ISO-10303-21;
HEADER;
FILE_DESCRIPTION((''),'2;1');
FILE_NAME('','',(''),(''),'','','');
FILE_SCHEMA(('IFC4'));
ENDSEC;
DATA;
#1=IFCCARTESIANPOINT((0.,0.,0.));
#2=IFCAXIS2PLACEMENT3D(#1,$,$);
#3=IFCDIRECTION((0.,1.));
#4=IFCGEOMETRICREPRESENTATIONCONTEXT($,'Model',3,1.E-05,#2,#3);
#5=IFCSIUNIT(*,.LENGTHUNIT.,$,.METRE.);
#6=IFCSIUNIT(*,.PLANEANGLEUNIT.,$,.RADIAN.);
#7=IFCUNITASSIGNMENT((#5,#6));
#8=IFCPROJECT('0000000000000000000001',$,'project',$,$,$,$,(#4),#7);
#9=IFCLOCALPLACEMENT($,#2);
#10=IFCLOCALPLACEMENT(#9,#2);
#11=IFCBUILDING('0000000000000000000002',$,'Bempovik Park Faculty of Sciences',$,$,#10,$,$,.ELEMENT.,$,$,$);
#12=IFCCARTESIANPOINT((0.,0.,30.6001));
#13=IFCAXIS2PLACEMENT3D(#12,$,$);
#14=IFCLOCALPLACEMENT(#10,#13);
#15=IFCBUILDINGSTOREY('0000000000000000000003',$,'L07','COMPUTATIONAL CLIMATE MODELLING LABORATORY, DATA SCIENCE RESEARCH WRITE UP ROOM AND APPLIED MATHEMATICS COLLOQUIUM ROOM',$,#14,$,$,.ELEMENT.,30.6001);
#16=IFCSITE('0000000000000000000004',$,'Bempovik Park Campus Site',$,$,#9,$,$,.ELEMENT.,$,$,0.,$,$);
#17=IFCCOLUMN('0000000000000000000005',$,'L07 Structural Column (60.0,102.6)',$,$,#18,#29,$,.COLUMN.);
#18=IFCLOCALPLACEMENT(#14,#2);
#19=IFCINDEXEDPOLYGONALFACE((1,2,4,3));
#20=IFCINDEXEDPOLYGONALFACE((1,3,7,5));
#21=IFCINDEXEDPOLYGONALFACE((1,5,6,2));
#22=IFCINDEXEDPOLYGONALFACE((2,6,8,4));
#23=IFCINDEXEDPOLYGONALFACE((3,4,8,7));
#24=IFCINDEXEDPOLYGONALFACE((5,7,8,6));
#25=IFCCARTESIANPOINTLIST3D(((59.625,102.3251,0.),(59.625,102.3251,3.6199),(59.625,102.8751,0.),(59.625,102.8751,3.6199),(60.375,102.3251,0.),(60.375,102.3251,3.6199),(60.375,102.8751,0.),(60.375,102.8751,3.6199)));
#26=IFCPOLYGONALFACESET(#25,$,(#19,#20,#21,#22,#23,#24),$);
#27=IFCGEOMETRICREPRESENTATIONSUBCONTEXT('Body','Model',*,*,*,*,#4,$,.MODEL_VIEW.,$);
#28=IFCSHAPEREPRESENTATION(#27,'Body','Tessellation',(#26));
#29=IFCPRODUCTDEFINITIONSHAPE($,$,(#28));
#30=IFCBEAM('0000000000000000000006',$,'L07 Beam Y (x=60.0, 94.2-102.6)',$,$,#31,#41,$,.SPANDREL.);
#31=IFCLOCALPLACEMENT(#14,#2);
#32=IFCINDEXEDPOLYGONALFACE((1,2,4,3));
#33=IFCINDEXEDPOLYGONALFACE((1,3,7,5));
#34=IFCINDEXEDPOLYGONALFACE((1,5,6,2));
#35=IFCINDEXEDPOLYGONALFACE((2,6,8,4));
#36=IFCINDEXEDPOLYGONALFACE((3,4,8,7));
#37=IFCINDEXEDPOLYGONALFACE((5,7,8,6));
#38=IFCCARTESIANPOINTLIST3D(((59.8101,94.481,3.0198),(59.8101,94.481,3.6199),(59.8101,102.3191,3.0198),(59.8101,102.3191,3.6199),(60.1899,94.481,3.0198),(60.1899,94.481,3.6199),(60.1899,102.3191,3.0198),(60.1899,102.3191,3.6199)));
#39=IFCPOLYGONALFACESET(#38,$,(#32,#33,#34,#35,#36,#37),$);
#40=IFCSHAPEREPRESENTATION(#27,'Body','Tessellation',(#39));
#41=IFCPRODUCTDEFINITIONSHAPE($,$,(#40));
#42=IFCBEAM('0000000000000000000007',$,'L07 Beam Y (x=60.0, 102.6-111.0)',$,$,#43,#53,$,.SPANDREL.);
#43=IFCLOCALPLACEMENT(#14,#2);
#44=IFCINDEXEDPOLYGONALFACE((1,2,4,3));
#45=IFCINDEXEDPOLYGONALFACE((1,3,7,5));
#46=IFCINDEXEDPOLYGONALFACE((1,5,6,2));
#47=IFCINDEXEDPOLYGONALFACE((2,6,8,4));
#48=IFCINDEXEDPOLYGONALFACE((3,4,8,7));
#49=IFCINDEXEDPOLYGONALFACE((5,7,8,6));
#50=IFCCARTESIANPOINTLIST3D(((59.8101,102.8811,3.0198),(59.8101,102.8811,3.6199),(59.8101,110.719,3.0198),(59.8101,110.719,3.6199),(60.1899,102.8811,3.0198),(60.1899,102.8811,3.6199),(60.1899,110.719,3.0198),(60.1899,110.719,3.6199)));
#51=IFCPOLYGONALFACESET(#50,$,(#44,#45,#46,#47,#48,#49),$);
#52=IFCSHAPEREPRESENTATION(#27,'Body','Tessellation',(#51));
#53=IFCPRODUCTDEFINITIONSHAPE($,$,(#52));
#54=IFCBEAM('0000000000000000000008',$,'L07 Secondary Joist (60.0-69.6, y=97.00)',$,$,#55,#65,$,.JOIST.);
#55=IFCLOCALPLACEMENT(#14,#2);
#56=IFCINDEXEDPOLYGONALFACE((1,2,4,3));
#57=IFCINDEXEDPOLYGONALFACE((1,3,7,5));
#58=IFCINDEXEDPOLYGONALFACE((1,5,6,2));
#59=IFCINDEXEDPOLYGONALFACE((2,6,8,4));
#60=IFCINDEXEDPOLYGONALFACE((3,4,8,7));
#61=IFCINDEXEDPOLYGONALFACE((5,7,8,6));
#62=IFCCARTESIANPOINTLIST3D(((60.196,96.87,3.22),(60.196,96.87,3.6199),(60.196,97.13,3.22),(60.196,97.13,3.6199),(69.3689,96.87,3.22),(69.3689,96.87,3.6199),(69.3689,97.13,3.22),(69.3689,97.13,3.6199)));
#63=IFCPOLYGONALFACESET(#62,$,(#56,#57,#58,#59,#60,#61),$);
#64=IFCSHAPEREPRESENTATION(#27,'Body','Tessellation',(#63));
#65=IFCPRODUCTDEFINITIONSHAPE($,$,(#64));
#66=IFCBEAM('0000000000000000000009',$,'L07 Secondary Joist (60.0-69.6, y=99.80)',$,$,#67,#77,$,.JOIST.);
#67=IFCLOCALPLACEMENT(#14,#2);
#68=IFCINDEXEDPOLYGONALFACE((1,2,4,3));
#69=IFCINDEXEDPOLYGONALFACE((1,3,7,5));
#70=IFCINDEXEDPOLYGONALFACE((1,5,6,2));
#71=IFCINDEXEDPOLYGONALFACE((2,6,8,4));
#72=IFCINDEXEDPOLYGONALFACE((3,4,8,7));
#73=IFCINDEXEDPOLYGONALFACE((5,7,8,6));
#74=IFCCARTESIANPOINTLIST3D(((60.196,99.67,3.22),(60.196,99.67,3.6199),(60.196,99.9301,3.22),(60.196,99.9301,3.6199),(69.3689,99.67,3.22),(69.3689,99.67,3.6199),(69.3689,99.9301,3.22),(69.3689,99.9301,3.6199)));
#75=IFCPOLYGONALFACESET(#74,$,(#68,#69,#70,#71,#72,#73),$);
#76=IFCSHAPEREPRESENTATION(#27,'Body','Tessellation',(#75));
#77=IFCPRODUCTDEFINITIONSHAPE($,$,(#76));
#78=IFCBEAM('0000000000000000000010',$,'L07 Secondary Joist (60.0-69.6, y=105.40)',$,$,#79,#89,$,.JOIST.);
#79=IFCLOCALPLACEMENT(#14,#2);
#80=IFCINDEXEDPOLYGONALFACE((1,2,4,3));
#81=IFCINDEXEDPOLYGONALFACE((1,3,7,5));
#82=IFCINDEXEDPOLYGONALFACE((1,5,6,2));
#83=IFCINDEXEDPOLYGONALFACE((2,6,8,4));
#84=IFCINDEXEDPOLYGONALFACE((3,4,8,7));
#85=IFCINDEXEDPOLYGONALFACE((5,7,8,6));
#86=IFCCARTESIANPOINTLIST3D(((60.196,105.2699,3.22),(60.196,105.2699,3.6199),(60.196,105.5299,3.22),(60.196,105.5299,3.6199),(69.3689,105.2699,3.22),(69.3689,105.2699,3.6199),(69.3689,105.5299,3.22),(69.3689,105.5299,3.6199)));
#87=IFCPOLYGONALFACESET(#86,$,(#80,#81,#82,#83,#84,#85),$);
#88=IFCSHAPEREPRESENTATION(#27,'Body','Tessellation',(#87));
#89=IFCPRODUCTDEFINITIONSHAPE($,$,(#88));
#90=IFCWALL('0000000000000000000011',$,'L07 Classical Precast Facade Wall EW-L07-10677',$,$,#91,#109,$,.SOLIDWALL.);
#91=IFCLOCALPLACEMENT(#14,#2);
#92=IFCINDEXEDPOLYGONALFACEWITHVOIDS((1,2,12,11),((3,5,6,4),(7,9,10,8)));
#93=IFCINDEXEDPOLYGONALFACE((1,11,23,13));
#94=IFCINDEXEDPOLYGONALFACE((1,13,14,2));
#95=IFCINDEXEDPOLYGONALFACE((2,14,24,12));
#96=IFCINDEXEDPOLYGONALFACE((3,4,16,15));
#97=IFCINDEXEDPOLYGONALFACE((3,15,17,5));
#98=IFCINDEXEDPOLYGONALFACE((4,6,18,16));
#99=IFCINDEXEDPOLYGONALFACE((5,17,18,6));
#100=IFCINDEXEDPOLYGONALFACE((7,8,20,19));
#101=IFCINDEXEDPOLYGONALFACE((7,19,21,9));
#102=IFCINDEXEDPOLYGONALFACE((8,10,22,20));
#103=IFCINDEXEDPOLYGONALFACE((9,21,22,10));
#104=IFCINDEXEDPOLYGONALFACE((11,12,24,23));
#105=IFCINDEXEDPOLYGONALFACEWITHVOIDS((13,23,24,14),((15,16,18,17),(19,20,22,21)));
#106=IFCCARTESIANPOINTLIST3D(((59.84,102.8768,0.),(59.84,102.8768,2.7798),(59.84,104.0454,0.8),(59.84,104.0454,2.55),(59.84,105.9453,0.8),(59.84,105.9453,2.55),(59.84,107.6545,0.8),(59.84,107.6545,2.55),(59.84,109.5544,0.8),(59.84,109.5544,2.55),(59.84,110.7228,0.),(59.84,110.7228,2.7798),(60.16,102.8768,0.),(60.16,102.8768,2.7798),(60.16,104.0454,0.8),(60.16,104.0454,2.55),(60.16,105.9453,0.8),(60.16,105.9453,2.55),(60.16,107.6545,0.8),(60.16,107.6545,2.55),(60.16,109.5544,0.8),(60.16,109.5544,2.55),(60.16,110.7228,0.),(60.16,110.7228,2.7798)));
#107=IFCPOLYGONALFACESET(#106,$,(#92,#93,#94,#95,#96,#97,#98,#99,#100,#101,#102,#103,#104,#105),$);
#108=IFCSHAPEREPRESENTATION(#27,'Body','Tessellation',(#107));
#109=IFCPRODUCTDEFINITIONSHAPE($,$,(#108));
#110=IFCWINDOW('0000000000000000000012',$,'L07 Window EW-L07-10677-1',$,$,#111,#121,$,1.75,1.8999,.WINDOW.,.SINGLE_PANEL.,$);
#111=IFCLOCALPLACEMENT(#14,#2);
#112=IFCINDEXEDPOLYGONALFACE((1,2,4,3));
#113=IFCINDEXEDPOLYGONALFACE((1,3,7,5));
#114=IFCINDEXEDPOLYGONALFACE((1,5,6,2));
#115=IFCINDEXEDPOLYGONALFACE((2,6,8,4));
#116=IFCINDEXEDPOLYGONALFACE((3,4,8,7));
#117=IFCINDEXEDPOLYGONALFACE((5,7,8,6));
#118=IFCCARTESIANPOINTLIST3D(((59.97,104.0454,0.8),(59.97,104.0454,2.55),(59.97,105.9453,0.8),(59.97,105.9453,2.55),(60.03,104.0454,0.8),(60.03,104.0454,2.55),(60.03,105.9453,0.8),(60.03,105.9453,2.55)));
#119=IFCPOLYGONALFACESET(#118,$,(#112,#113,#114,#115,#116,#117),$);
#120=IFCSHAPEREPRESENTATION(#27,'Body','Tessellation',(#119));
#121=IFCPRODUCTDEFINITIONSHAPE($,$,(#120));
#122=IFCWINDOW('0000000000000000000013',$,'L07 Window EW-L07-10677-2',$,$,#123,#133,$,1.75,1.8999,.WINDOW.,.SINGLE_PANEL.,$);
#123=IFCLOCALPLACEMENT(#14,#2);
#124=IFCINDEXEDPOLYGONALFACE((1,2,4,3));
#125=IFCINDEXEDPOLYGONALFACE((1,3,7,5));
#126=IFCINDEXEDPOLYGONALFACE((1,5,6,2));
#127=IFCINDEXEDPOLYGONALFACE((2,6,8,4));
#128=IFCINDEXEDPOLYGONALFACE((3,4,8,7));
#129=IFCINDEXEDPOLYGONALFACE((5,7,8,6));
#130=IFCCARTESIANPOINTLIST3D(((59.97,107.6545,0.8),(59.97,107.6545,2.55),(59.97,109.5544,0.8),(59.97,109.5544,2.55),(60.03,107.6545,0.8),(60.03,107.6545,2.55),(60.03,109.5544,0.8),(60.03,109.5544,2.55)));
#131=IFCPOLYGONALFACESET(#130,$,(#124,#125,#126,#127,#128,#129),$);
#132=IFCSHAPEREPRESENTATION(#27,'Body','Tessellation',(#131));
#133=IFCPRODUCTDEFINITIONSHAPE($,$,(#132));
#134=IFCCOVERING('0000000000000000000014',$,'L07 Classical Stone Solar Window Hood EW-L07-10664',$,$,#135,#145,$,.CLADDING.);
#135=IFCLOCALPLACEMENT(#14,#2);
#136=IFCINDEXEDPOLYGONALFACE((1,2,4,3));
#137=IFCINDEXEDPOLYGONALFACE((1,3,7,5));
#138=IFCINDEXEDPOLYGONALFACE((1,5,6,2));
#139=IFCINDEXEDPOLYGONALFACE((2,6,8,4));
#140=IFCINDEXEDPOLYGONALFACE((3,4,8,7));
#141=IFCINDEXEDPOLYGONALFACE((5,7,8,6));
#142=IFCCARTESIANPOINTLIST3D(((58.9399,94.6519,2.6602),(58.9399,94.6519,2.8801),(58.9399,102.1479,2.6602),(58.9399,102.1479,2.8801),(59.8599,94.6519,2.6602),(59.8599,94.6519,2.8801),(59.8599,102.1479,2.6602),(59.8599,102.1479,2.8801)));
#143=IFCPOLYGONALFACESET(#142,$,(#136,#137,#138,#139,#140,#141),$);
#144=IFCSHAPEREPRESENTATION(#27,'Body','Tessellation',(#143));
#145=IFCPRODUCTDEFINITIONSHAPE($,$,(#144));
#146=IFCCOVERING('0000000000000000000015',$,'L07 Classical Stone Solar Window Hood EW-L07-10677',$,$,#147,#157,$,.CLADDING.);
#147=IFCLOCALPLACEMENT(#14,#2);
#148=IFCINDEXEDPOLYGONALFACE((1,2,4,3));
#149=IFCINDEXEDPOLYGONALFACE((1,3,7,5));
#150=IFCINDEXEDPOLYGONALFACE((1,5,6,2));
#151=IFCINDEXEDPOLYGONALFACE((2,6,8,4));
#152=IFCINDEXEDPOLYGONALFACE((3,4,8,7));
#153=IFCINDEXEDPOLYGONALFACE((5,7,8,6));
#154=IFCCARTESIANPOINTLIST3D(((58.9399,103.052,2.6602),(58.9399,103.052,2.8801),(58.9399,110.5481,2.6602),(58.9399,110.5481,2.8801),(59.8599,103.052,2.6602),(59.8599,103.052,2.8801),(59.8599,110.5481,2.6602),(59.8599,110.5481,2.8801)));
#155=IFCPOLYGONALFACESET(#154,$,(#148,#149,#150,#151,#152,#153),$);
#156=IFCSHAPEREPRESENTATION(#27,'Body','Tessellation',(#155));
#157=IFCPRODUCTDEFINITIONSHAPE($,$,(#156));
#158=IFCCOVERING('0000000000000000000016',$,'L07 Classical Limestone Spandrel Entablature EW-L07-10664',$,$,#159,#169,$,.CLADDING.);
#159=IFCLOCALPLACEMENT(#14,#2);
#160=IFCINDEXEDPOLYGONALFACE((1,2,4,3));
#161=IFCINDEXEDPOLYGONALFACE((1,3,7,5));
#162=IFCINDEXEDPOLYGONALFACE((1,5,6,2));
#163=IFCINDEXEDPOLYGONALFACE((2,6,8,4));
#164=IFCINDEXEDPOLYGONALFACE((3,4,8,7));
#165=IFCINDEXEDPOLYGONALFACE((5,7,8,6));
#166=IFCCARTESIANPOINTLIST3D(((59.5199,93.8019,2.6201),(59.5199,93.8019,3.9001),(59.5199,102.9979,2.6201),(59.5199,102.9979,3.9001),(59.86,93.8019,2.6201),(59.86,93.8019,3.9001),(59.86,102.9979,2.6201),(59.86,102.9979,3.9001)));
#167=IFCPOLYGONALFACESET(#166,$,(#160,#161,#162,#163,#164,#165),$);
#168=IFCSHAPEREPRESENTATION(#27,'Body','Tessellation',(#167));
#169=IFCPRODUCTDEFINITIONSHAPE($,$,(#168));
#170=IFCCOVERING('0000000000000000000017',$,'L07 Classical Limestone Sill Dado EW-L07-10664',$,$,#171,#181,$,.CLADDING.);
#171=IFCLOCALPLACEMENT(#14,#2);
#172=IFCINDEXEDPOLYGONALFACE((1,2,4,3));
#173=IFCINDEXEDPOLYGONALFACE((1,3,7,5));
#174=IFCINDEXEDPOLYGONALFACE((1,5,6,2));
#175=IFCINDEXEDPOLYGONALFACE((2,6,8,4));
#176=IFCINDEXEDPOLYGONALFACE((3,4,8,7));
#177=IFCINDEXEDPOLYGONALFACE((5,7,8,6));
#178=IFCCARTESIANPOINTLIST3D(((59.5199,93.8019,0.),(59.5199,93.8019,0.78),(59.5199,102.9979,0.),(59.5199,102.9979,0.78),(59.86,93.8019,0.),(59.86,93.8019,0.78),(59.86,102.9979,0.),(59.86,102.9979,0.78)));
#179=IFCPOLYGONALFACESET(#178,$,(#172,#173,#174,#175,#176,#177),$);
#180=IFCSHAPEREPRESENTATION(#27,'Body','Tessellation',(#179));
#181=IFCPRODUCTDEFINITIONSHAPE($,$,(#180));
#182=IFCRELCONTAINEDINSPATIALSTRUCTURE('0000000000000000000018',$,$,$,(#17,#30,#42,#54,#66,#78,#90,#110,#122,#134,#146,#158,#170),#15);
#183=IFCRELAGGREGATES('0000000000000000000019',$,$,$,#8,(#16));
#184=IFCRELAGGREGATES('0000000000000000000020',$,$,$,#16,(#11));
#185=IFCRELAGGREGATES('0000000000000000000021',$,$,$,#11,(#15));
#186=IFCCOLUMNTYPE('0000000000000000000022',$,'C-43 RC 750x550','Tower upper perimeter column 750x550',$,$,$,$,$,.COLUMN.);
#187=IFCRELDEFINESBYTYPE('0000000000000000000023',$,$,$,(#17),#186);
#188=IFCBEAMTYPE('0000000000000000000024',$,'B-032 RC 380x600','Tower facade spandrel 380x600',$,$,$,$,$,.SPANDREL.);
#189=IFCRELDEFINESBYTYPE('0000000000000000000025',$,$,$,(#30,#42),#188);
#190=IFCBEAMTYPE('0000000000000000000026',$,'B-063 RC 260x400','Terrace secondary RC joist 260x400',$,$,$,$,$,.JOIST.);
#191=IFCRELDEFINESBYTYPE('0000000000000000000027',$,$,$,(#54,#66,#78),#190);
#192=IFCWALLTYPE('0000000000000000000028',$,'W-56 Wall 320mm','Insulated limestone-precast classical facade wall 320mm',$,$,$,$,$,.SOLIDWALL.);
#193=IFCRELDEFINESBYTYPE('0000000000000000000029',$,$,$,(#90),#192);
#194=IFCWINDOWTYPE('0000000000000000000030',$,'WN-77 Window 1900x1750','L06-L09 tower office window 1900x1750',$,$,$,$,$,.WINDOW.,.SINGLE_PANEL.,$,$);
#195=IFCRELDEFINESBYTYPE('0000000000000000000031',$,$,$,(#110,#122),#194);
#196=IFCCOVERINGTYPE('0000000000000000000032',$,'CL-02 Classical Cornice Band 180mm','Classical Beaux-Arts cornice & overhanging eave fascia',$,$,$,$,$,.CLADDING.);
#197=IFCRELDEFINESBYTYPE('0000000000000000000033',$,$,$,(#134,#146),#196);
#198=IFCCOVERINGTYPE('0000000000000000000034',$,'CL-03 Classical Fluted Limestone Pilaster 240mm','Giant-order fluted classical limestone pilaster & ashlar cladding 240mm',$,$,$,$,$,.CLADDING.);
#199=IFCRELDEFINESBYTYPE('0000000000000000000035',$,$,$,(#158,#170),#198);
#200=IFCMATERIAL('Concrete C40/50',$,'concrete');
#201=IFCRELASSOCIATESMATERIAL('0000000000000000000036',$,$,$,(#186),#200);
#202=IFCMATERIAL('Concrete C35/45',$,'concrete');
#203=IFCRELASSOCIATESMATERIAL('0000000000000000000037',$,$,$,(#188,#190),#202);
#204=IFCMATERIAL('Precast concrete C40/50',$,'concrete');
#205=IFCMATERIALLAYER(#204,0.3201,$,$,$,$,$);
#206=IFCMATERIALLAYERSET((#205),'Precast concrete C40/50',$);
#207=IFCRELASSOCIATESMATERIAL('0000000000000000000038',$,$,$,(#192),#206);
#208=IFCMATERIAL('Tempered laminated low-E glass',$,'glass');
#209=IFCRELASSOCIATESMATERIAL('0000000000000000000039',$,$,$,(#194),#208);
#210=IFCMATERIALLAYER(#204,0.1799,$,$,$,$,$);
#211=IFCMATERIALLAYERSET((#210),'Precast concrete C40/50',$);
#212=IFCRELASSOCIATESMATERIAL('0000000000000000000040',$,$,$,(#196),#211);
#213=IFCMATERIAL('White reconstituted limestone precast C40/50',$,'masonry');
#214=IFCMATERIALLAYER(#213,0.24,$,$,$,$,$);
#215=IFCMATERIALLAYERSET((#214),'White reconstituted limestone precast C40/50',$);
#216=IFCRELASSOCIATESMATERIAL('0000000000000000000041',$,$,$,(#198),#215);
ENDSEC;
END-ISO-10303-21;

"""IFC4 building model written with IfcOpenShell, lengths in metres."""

from ifc_helpers import new_model, si_unit, direction, frame, frame_2d, origin, origin_2d, place, context, subcontext, project, spatial, rectangle, extrude, material, layer, layer_set, material_profile, profile_set, type_object, element, fill, save


model = new_model("IFC4")

# Units and contexts
model_context = context("Model", 3, precision=1e-05, world=origin(), true_north=direction((0.0, 1.0)))
body_context = subcontext(model_context, "Body", "Model", "MODEL_VIEW")
ifc_project = project(units=[si_unit("LENGTHUNIT", "METRE"), si_unit("PLANEANGLEUNIT", "RADIAN")], contexts=[model_context])

# Site, building, storey
site_placement = place(None, origin())
site = spatial("IfcSite", under=ifc_project, at=site_placement, Name="Bempovik Park Campus Site", CompositionType="ELEMENT", RefElevation=0.0)
building_placement = place(site_placement, origin())
building = spatial("IfcBuilding", under=site, at=building_placement, Name="Bempovik Park Faculty of Sciences", CompositionType="ELEMENT")
storey_placement = place(building_placement, frame((0.0, 0.0, 30.6001)))
storey = spatial("IfcBuildingStorey", under=building, at=storey_placement, Name="L07", Description="COMPUTATIONAL CLIMATE MODELLING LABORATORY, DATA SCIENCE RESEARCH WRITE UP ROOM AND APPLIED MATHEMATICS COLLOQUIUM ROOM", CompositionType="ELEMENT", Elevation=30.6001)

# Column
ifc_material_1 = material(Name="Concrete C40/50", Category="concrete")
ifc_material_profile_1 = material_profile(ifc_material_1, rectangle(XDim=0.75, YDim=0.55, at=origin_2d()), Name="RC 750x550")
ifc_profile_set_1 = profile_set([ifc_material_profile_1], Name="Concrete C40/50")
column_type = type_object("IfcColumnType", Name="C-43 RC 750x550", Description="Tower upper perimeter column 750x550", PredefinedType="COLUMN", material=ifc_profile_set_1)
column_placement = place(storey_placement, frame((60.0, 102.6001, 0.0), z_axis=(0.0, 0.0, 1.0), x_axis=(1.0, 0.0, 0.0)))
element("IfcColumn", 1, at=column_placement, inside=storey, type_object=column_type, Name="L07 Structural Column (60.0,102.6)", PredefinedType="COLUMN", context=body_context, shape_type="SweptSolid", body=[
    extrude(rectangle(XDim=0.75, YDim=0.55, at=origin_2d()), origin(), (0.0, 0.0, 1.0), 3.6199),
])

# Beams
ifc_material_2 = material(Name="Concrete C35/45", Category="concrete")
ifc_material_profile_2 = material_profile(ifc_material_2, rectangle(XDim=0.3799, YDim=0.6001, at=origin_2d()), Name="RC 380x600")
ifc_profile_set_2 = profile_set([ifc_material_profile_2], Name="Concrete C35/45")
beam_type_1 = type_object("IfcBeamType", Name="B-032 RC 380x600", Description="Tower facade spandrel 380x600", PredefinedType="SPANDREL", material=ifc_profile_set_2)
beam_1_placement = place(storey_placement, frame((60.0, 94.481, 3.3198), z_axis=(0.0, 1.0, 0.0), x_axis=(-1.0, 0.0, 0.0)))
element("IfcBeam", 2, at=beam_1_placement, inside=storey, type_object=beam_type_1, Name="L07 Beam Y (x=60.0, 94.2-102.6)", PredefinedType="SPANDREL", context=body_context, shape_type="SweptSolid", body=[
    extrude(rectangle(XDim=0.3799, YDim=0.6001, at=origin_2d()), origin(), (0.0, 0.0, 1.0), 7.8381),
])
beam_2_placement = place(storey_placement, frame((60.0, 102.8811, 3.3198), z_axis=(0.0, 1.0, 0.0), x_axis=(-1.0, 0.0, 0.0)))
element("IfcBeam", 3, at=beam_2_placement, inside=storey, type_object=beam_type_1, Name="L07 Beam Y (x=60.0, 102.6-111.0)", PredefinedType="SPANDREL", context=body_context, shape_type="SweptSolid", body=[
    extrude(rectangle(XDim=0.3799, YDim=0.6001, at=origin_2d()), origin(), (0.0, 0.0, 1.0), 7.8379),
])
ifc_material_profile_3 = material_profile(ifc_material_2, rectangle(XDim=0.26, YDim=0.3999, at=origin_2d()), Name="RC 260x400")
ifc_profile_set_3 = profile_set([ifc_material_profile_3], Name="Concrete C35/45")
beam_type_2 = type_object("IfcBeamType", Name="B-063 RC 260x400", Description="Terrace secondary RC joist 260x400", PredefinedType="JOIST", material=ifc_profile_set_3)
for number, where, z_axis, x_axis, name in (
    (4, (60.196, 97.0, 3.4199), (1.0, 0.0, 0.0), (0.0, 1.0, 0.0), "L07 Secondary Joist (60.0-69.6, y=97.00)"),
    (5, (60.196, 99.8, 3.4199), (1.0, 0.0, 0.0), (0.0, 1.0, 0.0), "L07 Secondary Joist (60.0-69.6, y=99.80)"),
    (6, (60.196, 105.3999, 3.4199), (1.0, 0.0, 0.0), (0.0, 1.0, 0.0), "L07 Secondary Joist (60.0-69.6, y=105.40)"),
):
    element("IfcBeam", number, at=place(storey_placement, frame(where, z_axis=z_axis, x_axis=x_axis)), inside=storey, type_object=beam_type_2, Name=name, PredefinedType="JOIST", context=body_context, shape_type="SweptSolid", body=[
        extrude(rectangle(XDim=0.26, YDim=0.3999, at=origin_2d()), origin(), (0.0, 0.0, 1.0), 9.1729),
    ])

# Wall, openings, windows
ifc_material_3 = material(Name="Precast concrete C40/50", Category="concrete")
ifc_layer_1 = layer(ifc_material_3, 0.3201)
ifc_layer_set_1 = layer_set([ifc_layer_1], Name="Precast concrete C40/50")
wall_type = type_object("IfcWallType", Name="W-56 Wall 320mm", Description="Insulated limestone-precast classical facade wall 320mm", PredefinedType="SOLIDWALL", material=ifc_layer_set_1)
wall_placement = place(storey_placement, frame((60.0, 102.877, 0.0), z_axis=(0.0, 0.0, 1.0), x_axis=(0.0, 1.0, 0.0)))
wall = element("IfcWall", 7, at=wall_placement, inside=storey, type_object=wall_type, Name="L07 Classical Precast Facade Wall EW-L07-10677", PredefinedType="SOLIDWALL", context=body_context, shape_type="SweptSolid", body=[
    extrude(rectangle(XDim=7.8459, YDim=0.3201, at=frame_2d((3.9229, 0.0))), origin(), (0.0, 0.0, 1.0), 2.7798),
])
opening_1_placement = place(wall_placement, frame((1.1685, 0.0, 0.8)))
opening_1 = element("IfcOpeningElement", 8, at=opening_1_placement, cuts=wall, PredefinedType="OPENING", context=body_context, shape_type="SweptSolid", body=[
    extrude(rectangle(XDim=1.8999, YDim=1.75, at=frame_2d((0.95, 0.875))), frame((0.0, 0.1699, 0.0), z_axis=(0.0, -1.0, 0.0), x_axis=(1.0, 0.0, 0.0)), (0.0, 0.0, 1.0), 0.3401),
])
opening_2_placement = place(wall_placement, frame((4.7776, 0.0, 0.8)))
opening_2 = element("IfcOpeningElement", 9, at=opening_2_placement, cuts=wall, PredefinedType="OPENING", context=body_context, shape_type="SweptSolid", body=[
    extrude(rectangle(XDim=1.8999, YDim=1.75, at=frame_2d((0.95, 0.875))), frame((0.0, 0.1699, 0.0), z_axis=(0.0, -1.0, 0.0), x_axis=(1.0, 0.0, 0.0)), (0.0, 0.0, 1.0), 0.3401),
])
ifc_material_4 = material(Name="Tempered laminated low-E glass", Category="glass")
window_type = type_object("IfcWindowType", Name="WN-77 Window 1900x1750", Description="L06-L09 tower office window 1900x1750", PartitioningType="SINGLE_PANEL", PredefinedType="WINDOW", material=ifc_material_4)
window_1_placement = place(opening_1_placement, origin())
window_1 = element("IfcWindow", 10, at=window_1_placement, inside=storey, type_object=window_type, Name="L07 Window EW-L07-10677-1", OverallHeight=1.75, OverallWidth=1.8999, PartitioningType="SINGLE_PANEL", PredefinedType="WINDOW", context=body_context, shape_type="SweptSolid", body=[
    extrude(rectangle(XDim=1.8999, YDim=1.75, at=frame_2d((0.95, 0.875))), frame((0.0, 0.03, 0.0), z_axis=(0.0, -1.0, 0.0), x_axis=(1.0, 0.0, 0.0)), (0.0, 0.0, 1.0), 0.0601),
])
fill(opening_1, window_1)
window_2_placement = place(opening_2_placement, origin())
window_2 = element("IfcWindow", 11, at=window_2_placement, inside=storey, type_object=window_type, Name="L07 Window EW-L07-10677-2", OverallHeight=1.75, OverallWidth=1.8999, PartitioningType="SINGLE_PANEL", PredefinedType="WINDOW", context=body_context, shape_type="SweptSolid", body=[
    extrude(rectangle(XDim=1.8999, YDim=1.75, at=frame_2d((0.95, 0.875))), frame((0.0, 0.03, 0.0), z_axis=(0.0, -1.0, 0.0), x_axis=(1.0, 0.0, 0.0)), (0.0, 0.0, 1.0), 0.0601),
])
fill(opening_2, window_2)

# Coverings
ifc_layer_2 = layer(ifc_material_3, 0.1799)
ifc_layer_set_2 = layer_set([ifc_layer_2], Name="Precast concrete C40/50")
covering_type_1 = type_object("IfcCoveringType", Name="CL-02 Classical Cornice Band 180mm", Description="Classical Beaux-Arts cornice & overhanging eave fascia", PredefinedType="CLADDING", material=ifc_layer_set_2)
for number, where, z_axis, x_axis, name in (
    (12, (59.3999, 98.3999, 2.6602), (0.0, 0.0, 1.0), (1.0, 0.0, 0.0), "L07 Classical Stone Solar Window Hood EW-L07-10664"),
    (13, (59.3999, 106.8, 2.6602), (0.0, 0.0, 1.0), (1.0, 0.0, 0.0), "L07 Classical Stone Solar Window Hood EW-L07-10677"),
):
    element("IfcCovering", number, at=place(storey_placement, frame(where, z_axis=z_axis, x_axis=x_axis)), inside=storey, type_object=covering_type_1, Name=name, PredefinedType="CLADDING", context=body_context, shape_type="SweptSolid", body=[
        extrude(rectangle(XDim=0.9199, YDim=7.4961, at=origin_2d()), origin(), (0.0, 0.0, 1.0), 0.22),
    ])
ifc_material_5 = material(Name="White reconstituted limestone precast C40/50", Category="masonry")
ifc_layer_3 = layer(ifc_material_5, 0.24)
ifc_layer_set_3 = layer_set([ifc_layer_3], Name="White reconstituted limestone precast C40/50")
covering_type_2 = type_object("IfcCoveringType", Name="CL-03 Classical Fluted Limestone Pilaster 240mm", Description="Giant-order fluted classical limestone pilaster & ashlar cladding 240mm", PredefinedType="CLADDING", material=ifc_layer_set_3)
covering_1_placement = place(storey_placement, frame((59.6899, 98.3999, 2.6201), z_axis=(0.0, 0.0, 1.0), x_axis=(1.0, 0.0, 0.0)))
element("IfcCovering", 14, at=covering_1_placement, inside=storey, type_object=covering_type_2, Name="L07 Classical Limestone Spandrel Entablature EW-L07-10664", PredefinedType="CLADDING", context=body_context, shape_type="SweptSolid", body=[
    extrude(rectangle(XDim=0.3401, YDim=9.196, at=origin_2d()), origin(), (0.0, 0.0, 1.0), 1.28),
])
covering_2_placement = place(storey_placement, frame((59.6899, 98.3999, 0.0), z_axis=(0.0, 0.0, 1.0), x_axis=(1.0, 0.0, 0.0)))
element("IfcCovering", 15, at=covering_2_placement, inside=storey, type_object=covering_type_2, Name="L07 Classical Limestone Sill Dado EW-L07-10664", PredefinedType="CLADDING", context=body_context, shape_type="SweptSolid", body=[
    extrude(rectangle(XDim=0.3401, YDim=9.196, at=origin_2d()), origin(), (0.0, 0.0, 1.0), 0.78),
])

save(model, "model.ifc")
